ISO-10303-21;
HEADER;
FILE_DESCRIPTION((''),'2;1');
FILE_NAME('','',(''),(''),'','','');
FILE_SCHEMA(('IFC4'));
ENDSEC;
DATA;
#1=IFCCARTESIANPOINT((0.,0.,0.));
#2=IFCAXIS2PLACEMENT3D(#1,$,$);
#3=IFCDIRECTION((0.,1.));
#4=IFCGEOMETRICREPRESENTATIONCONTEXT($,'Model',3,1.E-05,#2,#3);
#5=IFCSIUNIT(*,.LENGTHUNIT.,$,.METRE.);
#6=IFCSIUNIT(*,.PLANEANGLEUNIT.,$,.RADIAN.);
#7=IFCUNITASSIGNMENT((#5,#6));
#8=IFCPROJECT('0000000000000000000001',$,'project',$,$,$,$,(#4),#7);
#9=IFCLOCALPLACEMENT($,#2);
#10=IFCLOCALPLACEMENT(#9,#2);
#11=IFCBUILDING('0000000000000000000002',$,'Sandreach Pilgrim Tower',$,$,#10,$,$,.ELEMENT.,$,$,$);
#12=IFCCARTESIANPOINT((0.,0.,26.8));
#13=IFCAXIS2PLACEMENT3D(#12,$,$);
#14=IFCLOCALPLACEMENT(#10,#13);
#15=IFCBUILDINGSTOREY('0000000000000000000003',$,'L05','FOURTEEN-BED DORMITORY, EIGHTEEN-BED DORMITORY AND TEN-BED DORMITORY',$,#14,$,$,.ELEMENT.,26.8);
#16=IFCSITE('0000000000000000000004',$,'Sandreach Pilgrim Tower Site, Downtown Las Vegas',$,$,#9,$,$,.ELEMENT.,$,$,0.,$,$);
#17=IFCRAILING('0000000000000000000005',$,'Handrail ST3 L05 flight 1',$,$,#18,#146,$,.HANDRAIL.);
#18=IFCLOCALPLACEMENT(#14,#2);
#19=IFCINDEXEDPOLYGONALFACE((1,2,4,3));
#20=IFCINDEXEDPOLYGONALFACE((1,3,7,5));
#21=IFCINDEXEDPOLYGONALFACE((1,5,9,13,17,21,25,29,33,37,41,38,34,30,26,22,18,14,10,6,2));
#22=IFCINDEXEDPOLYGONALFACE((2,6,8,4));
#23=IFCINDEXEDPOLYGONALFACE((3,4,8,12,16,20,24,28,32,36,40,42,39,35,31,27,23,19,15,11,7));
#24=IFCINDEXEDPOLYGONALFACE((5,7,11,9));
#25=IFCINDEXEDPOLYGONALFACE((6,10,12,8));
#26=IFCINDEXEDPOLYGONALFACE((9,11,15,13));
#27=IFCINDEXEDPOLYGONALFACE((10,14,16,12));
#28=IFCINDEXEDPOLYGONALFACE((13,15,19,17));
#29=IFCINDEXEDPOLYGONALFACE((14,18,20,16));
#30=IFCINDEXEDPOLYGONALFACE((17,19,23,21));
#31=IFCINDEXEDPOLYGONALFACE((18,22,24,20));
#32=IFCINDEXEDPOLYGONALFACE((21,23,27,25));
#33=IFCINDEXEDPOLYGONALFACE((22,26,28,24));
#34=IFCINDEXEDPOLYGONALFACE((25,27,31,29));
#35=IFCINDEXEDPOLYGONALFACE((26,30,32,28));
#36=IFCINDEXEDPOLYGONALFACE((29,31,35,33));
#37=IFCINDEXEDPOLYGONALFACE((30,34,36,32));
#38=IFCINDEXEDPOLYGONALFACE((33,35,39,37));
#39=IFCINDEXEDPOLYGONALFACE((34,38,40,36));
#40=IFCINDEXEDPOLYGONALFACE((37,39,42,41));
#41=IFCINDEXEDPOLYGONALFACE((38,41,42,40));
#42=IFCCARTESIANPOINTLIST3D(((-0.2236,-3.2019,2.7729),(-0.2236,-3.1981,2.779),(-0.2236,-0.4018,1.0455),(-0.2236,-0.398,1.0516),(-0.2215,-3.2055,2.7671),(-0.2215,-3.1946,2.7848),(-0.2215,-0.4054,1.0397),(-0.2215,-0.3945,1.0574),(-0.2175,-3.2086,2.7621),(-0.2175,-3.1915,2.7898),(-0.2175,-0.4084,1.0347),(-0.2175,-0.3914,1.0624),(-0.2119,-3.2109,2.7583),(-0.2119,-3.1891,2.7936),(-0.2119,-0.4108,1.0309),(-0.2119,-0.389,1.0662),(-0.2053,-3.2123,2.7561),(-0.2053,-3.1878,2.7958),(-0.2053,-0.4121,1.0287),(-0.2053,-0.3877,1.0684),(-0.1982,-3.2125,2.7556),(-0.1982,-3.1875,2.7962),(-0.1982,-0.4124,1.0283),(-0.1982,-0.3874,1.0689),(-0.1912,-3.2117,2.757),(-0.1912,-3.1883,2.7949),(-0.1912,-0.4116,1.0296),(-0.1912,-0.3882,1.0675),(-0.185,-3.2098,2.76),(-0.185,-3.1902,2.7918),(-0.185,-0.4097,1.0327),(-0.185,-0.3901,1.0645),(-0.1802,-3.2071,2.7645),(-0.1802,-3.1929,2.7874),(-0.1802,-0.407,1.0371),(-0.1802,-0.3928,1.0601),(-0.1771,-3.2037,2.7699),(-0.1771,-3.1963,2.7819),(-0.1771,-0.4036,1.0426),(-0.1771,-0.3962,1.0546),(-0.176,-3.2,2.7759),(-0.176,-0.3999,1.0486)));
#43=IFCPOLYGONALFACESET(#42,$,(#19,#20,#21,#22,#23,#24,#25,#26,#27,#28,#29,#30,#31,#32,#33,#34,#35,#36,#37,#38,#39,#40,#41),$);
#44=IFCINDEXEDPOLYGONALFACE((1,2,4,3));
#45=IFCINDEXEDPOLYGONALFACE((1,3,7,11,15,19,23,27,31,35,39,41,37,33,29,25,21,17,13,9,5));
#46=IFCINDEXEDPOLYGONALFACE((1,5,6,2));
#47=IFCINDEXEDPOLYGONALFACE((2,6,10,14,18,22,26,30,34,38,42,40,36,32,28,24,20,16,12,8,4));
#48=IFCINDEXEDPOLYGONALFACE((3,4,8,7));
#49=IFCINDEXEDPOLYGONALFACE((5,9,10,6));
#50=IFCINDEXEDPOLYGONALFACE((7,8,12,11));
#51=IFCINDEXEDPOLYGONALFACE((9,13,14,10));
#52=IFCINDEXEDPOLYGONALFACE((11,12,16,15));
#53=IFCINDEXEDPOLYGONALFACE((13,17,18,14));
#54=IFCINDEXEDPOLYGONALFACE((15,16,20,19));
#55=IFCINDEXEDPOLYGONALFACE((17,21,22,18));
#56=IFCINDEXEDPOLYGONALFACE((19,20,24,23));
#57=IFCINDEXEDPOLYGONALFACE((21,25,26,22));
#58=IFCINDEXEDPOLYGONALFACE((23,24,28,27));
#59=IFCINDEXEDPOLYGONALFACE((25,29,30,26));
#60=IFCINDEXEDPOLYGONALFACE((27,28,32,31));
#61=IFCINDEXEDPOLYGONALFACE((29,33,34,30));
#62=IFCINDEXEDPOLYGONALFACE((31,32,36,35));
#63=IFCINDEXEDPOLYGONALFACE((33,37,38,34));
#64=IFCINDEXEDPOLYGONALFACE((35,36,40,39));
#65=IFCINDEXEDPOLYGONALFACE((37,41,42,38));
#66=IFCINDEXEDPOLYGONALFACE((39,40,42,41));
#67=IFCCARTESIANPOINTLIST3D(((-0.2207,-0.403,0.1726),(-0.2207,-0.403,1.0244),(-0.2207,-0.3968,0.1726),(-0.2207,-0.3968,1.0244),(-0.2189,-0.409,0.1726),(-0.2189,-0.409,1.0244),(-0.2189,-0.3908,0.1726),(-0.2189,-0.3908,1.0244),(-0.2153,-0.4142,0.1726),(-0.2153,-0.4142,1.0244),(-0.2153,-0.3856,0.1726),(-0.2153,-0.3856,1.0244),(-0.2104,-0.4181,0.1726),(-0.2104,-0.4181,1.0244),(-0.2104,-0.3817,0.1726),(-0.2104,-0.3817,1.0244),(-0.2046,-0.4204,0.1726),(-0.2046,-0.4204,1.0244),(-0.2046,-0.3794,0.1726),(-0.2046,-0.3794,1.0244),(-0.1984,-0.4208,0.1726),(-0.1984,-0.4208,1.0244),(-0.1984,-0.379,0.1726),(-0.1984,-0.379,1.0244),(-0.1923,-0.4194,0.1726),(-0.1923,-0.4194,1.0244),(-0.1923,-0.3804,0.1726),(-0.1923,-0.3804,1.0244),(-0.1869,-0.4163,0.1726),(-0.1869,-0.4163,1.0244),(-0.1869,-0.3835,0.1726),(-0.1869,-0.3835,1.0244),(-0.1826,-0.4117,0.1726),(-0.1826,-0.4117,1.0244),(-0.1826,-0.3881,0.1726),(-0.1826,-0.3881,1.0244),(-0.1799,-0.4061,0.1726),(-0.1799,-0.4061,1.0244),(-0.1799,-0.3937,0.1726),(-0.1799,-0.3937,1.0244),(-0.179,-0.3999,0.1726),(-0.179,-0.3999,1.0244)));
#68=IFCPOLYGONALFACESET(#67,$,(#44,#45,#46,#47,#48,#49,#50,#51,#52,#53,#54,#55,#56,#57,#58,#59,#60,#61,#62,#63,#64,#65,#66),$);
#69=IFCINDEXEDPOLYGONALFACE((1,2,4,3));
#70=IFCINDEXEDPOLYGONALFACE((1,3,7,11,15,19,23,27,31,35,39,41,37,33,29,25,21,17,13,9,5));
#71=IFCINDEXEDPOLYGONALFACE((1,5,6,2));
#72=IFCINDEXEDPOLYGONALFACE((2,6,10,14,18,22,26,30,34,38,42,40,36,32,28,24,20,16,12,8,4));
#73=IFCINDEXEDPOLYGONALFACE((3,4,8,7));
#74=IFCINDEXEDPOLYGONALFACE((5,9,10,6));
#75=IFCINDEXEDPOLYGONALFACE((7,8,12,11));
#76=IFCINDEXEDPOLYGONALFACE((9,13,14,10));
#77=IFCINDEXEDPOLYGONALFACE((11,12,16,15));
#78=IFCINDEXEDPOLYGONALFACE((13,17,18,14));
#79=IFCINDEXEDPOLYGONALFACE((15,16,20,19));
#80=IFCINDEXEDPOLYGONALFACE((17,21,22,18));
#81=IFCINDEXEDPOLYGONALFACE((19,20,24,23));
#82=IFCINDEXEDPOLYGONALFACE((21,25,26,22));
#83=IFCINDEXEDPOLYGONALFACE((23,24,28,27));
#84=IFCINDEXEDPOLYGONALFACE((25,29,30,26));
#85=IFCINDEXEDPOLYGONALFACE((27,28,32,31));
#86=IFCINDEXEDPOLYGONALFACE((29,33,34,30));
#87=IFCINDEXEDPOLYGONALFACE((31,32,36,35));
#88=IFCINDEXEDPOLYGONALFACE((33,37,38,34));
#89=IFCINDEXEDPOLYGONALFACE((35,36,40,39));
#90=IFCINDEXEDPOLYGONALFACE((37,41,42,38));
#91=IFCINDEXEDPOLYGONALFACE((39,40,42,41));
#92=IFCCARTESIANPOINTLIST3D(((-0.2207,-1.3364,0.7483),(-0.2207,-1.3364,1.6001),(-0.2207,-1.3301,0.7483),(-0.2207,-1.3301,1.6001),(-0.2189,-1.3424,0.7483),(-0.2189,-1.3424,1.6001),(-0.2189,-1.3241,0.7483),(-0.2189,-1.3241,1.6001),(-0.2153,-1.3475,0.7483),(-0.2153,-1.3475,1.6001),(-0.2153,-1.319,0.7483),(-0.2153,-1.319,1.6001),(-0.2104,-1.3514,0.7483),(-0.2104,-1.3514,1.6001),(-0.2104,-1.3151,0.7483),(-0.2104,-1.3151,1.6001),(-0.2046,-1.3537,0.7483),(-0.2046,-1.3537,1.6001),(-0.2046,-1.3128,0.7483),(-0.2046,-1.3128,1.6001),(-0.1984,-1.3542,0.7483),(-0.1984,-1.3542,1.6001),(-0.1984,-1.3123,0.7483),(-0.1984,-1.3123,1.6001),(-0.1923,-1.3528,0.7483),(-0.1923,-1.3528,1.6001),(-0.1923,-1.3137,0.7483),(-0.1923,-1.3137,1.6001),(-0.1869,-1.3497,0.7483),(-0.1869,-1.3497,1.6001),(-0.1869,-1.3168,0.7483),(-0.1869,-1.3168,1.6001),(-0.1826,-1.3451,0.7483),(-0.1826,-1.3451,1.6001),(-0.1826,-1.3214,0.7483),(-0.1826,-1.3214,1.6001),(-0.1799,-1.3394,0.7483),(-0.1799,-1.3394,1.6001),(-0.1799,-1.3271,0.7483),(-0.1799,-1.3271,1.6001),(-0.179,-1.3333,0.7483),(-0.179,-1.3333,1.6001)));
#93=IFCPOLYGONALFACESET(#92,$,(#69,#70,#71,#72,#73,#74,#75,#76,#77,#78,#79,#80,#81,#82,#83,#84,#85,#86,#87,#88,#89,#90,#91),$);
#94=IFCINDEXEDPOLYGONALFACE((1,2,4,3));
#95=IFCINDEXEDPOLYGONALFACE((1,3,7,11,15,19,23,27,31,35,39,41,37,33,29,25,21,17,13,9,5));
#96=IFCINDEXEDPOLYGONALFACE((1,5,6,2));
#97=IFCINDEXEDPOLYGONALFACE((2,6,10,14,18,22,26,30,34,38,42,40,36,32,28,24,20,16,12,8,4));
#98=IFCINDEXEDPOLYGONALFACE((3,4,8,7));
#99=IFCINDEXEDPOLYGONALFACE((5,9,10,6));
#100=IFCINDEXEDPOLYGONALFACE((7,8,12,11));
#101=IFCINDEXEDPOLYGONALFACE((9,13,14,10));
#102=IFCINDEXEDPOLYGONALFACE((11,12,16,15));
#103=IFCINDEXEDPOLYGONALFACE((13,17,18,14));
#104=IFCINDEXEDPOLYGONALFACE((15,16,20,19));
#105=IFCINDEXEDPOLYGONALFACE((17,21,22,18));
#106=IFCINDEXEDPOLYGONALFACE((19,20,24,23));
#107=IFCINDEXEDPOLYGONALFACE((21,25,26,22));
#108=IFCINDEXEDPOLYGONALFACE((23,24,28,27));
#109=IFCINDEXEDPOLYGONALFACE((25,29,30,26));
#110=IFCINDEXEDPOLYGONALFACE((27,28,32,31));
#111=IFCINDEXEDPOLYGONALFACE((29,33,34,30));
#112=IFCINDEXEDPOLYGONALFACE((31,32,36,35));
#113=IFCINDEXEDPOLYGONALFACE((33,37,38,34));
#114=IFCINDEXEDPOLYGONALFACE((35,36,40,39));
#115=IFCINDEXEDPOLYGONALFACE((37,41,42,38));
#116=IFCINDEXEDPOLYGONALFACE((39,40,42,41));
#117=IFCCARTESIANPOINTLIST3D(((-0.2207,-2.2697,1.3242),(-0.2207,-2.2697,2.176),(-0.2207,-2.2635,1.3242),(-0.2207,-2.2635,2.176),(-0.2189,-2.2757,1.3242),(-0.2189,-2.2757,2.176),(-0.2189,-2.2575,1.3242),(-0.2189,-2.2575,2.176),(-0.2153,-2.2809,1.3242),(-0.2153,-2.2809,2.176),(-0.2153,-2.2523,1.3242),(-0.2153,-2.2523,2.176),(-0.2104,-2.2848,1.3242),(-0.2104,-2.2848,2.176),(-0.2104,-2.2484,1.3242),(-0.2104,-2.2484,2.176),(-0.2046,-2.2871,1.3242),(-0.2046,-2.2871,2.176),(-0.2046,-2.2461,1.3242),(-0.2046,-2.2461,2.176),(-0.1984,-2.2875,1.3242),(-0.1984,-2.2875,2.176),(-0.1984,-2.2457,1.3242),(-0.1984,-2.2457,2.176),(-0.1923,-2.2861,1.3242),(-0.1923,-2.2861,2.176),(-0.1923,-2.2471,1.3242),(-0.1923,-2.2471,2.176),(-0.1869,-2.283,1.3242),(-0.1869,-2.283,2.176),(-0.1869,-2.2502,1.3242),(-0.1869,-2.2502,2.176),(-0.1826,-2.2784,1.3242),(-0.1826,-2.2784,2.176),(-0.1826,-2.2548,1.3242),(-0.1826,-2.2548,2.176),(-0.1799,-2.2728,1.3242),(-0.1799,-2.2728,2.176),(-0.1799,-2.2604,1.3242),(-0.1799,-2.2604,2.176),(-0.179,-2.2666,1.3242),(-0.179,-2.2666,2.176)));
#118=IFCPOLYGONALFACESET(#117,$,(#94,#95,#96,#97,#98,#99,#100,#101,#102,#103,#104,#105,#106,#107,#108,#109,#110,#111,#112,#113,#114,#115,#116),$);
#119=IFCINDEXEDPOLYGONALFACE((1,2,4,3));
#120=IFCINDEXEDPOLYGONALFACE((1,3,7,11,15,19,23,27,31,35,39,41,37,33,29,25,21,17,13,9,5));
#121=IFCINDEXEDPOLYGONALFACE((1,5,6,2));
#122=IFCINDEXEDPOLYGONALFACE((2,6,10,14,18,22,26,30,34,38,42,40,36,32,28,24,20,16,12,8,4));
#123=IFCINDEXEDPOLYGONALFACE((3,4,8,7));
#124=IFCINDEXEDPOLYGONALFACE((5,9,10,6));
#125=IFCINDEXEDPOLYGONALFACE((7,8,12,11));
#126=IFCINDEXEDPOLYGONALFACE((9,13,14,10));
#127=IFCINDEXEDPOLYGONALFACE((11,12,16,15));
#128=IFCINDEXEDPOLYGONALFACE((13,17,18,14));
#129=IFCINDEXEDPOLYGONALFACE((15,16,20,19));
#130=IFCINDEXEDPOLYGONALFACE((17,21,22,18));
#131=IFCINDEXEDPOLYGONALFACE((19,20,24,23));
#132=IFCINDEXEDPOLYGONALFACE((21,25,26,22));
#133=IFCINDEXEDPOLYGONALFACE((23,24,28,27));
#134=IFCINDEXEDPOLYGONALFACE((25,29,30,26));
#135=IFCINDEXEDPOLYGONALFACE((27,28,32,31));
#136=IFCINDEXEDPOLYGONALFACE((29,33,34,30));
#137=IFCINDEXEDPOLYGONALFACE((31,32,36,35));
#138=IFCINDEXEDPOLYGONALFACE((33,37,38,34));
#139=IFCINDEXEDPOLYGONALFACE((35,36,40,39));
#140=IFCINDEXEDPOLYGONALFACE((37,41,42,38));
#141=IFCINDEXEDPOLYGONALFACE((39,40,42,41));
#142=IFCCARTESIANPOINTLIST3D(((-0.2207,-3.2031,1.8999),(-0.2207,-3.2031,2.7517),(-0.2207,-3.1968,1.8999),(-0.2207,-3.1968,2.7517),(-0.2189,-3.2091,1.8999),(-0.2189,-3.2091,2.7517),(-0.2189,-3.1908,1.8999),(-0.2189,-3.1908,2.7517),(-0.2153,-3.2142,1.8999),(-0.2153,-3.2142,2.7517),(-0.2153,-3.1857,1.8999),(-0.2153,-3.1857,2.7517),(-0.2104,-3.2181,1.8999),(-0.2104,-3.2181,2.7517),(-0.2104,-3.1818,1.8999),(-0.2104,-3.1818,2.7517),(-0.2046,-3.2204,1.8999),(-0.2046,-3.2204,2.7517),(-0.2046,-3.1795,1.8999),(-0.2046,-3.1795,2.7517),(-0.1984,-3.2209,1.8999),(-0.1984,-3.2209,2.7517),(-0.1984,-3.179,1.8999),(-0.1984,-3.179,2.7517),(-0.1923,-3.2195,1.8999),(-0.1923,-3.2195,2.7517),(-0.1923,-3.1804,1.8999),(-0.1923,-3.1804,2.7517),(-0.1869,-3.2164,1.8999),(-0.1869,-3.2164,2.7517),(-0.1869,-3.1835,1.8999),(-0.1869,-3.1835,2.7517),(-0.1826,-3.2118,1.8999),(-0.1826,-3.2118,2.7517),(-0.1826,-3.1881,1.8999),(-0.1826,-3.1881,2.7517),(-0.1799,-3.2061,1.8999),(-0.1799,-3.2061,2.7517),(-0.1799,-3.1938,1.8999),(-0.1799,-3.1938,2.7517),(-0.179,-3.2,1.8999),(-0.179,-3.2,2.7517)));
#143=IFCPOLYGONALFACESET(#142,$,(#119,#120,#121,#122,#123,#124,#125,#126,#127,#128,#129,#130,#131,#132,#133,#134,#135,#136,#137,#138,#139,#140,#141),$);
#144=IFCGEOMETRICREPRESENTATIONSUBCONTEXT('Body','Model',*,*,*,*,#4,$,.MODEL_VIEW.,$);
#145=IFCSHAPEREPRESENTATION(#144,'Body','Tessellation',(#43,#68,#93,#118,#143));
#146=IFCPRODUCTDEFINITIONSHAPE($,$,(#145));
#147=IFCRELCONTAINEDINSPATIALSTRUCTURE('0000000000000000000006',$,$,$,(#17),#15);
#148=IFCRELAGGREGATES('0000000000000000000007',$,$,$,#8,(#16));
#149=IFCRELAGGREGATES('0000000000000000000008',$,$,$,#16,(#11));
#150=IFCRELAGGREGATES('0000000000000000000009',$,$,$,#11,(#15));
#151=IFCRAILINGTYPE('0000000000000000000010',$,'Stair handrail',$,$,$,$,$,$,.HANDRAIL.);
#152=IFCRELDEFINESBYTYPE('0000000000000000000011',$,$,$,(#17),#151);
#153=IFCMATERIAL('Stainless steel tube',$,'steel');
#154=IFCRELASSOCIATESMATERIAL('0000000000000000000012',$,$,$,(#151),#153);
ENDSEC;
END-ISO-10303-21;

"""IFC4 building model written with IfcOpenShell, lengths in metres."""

from ifc_helpers import new_model, si_unit, direction, frame, origin, origin_2d, place, context, subcontext, project, spatial, circle, extrude, material, type_object, element, save


model = new_model("IFC4")

# Units and contexts
model_context = context("Model", 3, precision=1e-05, world=origin(), true_north=direction((0.0, 1.0)))
body_context = subcontext(model_context, "Body", "Model", "MODEL_VIEW")
ifc_project = project(units=[si_unit("LENGTHUNIT", "METRE"), si_unit("PLANEANGLEUNIT", "RADIAN")], contexts=[model_context])

# Site, building, storey
site_placement = place(None, origin())
site = spatial("IfcSite", under=ifc_project, at=site_placement, Name="Sandreach Pilgrim Tower Site, Downtown Las Vegas", CompositionType="ELEMENT", RefElevation=0.0)
building_placement = place(site_placement, origin())
building = spatial("IfcBuilding", under=site, at=building_placement, Name="Sandreach Pilgrim Tower", CompositionType="ELEMENT")
storey_placement = place(building_placement, frame((0.0, 0.0, 26.8)))
storey = spatial("IfcBuildingStorey", under=building, at=storey_placement, Name="L05", Description="FOURTEEN-BED DORMITORY, EIGHTEEN-BED DORMITORY AND TEN-BED DORMITORY", CompositionType="ELEMENT", Elevation=26.8)

# Railing
ifc_material_1 = material(Name="Stainless steel tube", Category="steel")
railing_type = type_object("IfcRailingType", Name="Stair handrail", PredefinedType="HANDRAIL", material=ifc_material_1)
for number, where, name in (
    (1, (-0.2, -0.3999, 0.1726), "Handrail ST3 L05 flight 1"),
):
    element("IfcRailing", number, at=place(storey_placement, frame(where)), inside=storey, type_object=railing_type, Name=name, PredefinedType="HANDRAIL", context=body_context, shape_type="SweptSolid", body=[
        extrude(circle(Radius=0.0239, at=origin_2d()), frame((0.0, 0.0, 0.876), z_axis=(0.0, -0.85109, 0.52502), x_axis=(1.0, 0.0, 0.0)), (0.0, 0.0, 1.0), 3.29),
        extrude(circle(Radius=0.021, at=origin_2d()), origin(), (0.0, 0.0, 1.0), 0.8518),
        extrude(circle(Radius=0.021, at=origin_2d()), frame((0.0, -0.9333, 0.5757)), (0.0, 0.0, 1.0), 0.8518),
        extrude(circle(Radius=0.021, at=origin_2d()), frame((0.0, -1.8667, 1.1516)), (0.0, 0.0, 1.0), 0.8518),
        extrude(circle(Radius=0.021, at=origin_2d()), frame((0.0, -2.8, 1.7273)), (0.0, 0.0, 1.0), 0.8518),
    ])

save(model, "model.ifc")
